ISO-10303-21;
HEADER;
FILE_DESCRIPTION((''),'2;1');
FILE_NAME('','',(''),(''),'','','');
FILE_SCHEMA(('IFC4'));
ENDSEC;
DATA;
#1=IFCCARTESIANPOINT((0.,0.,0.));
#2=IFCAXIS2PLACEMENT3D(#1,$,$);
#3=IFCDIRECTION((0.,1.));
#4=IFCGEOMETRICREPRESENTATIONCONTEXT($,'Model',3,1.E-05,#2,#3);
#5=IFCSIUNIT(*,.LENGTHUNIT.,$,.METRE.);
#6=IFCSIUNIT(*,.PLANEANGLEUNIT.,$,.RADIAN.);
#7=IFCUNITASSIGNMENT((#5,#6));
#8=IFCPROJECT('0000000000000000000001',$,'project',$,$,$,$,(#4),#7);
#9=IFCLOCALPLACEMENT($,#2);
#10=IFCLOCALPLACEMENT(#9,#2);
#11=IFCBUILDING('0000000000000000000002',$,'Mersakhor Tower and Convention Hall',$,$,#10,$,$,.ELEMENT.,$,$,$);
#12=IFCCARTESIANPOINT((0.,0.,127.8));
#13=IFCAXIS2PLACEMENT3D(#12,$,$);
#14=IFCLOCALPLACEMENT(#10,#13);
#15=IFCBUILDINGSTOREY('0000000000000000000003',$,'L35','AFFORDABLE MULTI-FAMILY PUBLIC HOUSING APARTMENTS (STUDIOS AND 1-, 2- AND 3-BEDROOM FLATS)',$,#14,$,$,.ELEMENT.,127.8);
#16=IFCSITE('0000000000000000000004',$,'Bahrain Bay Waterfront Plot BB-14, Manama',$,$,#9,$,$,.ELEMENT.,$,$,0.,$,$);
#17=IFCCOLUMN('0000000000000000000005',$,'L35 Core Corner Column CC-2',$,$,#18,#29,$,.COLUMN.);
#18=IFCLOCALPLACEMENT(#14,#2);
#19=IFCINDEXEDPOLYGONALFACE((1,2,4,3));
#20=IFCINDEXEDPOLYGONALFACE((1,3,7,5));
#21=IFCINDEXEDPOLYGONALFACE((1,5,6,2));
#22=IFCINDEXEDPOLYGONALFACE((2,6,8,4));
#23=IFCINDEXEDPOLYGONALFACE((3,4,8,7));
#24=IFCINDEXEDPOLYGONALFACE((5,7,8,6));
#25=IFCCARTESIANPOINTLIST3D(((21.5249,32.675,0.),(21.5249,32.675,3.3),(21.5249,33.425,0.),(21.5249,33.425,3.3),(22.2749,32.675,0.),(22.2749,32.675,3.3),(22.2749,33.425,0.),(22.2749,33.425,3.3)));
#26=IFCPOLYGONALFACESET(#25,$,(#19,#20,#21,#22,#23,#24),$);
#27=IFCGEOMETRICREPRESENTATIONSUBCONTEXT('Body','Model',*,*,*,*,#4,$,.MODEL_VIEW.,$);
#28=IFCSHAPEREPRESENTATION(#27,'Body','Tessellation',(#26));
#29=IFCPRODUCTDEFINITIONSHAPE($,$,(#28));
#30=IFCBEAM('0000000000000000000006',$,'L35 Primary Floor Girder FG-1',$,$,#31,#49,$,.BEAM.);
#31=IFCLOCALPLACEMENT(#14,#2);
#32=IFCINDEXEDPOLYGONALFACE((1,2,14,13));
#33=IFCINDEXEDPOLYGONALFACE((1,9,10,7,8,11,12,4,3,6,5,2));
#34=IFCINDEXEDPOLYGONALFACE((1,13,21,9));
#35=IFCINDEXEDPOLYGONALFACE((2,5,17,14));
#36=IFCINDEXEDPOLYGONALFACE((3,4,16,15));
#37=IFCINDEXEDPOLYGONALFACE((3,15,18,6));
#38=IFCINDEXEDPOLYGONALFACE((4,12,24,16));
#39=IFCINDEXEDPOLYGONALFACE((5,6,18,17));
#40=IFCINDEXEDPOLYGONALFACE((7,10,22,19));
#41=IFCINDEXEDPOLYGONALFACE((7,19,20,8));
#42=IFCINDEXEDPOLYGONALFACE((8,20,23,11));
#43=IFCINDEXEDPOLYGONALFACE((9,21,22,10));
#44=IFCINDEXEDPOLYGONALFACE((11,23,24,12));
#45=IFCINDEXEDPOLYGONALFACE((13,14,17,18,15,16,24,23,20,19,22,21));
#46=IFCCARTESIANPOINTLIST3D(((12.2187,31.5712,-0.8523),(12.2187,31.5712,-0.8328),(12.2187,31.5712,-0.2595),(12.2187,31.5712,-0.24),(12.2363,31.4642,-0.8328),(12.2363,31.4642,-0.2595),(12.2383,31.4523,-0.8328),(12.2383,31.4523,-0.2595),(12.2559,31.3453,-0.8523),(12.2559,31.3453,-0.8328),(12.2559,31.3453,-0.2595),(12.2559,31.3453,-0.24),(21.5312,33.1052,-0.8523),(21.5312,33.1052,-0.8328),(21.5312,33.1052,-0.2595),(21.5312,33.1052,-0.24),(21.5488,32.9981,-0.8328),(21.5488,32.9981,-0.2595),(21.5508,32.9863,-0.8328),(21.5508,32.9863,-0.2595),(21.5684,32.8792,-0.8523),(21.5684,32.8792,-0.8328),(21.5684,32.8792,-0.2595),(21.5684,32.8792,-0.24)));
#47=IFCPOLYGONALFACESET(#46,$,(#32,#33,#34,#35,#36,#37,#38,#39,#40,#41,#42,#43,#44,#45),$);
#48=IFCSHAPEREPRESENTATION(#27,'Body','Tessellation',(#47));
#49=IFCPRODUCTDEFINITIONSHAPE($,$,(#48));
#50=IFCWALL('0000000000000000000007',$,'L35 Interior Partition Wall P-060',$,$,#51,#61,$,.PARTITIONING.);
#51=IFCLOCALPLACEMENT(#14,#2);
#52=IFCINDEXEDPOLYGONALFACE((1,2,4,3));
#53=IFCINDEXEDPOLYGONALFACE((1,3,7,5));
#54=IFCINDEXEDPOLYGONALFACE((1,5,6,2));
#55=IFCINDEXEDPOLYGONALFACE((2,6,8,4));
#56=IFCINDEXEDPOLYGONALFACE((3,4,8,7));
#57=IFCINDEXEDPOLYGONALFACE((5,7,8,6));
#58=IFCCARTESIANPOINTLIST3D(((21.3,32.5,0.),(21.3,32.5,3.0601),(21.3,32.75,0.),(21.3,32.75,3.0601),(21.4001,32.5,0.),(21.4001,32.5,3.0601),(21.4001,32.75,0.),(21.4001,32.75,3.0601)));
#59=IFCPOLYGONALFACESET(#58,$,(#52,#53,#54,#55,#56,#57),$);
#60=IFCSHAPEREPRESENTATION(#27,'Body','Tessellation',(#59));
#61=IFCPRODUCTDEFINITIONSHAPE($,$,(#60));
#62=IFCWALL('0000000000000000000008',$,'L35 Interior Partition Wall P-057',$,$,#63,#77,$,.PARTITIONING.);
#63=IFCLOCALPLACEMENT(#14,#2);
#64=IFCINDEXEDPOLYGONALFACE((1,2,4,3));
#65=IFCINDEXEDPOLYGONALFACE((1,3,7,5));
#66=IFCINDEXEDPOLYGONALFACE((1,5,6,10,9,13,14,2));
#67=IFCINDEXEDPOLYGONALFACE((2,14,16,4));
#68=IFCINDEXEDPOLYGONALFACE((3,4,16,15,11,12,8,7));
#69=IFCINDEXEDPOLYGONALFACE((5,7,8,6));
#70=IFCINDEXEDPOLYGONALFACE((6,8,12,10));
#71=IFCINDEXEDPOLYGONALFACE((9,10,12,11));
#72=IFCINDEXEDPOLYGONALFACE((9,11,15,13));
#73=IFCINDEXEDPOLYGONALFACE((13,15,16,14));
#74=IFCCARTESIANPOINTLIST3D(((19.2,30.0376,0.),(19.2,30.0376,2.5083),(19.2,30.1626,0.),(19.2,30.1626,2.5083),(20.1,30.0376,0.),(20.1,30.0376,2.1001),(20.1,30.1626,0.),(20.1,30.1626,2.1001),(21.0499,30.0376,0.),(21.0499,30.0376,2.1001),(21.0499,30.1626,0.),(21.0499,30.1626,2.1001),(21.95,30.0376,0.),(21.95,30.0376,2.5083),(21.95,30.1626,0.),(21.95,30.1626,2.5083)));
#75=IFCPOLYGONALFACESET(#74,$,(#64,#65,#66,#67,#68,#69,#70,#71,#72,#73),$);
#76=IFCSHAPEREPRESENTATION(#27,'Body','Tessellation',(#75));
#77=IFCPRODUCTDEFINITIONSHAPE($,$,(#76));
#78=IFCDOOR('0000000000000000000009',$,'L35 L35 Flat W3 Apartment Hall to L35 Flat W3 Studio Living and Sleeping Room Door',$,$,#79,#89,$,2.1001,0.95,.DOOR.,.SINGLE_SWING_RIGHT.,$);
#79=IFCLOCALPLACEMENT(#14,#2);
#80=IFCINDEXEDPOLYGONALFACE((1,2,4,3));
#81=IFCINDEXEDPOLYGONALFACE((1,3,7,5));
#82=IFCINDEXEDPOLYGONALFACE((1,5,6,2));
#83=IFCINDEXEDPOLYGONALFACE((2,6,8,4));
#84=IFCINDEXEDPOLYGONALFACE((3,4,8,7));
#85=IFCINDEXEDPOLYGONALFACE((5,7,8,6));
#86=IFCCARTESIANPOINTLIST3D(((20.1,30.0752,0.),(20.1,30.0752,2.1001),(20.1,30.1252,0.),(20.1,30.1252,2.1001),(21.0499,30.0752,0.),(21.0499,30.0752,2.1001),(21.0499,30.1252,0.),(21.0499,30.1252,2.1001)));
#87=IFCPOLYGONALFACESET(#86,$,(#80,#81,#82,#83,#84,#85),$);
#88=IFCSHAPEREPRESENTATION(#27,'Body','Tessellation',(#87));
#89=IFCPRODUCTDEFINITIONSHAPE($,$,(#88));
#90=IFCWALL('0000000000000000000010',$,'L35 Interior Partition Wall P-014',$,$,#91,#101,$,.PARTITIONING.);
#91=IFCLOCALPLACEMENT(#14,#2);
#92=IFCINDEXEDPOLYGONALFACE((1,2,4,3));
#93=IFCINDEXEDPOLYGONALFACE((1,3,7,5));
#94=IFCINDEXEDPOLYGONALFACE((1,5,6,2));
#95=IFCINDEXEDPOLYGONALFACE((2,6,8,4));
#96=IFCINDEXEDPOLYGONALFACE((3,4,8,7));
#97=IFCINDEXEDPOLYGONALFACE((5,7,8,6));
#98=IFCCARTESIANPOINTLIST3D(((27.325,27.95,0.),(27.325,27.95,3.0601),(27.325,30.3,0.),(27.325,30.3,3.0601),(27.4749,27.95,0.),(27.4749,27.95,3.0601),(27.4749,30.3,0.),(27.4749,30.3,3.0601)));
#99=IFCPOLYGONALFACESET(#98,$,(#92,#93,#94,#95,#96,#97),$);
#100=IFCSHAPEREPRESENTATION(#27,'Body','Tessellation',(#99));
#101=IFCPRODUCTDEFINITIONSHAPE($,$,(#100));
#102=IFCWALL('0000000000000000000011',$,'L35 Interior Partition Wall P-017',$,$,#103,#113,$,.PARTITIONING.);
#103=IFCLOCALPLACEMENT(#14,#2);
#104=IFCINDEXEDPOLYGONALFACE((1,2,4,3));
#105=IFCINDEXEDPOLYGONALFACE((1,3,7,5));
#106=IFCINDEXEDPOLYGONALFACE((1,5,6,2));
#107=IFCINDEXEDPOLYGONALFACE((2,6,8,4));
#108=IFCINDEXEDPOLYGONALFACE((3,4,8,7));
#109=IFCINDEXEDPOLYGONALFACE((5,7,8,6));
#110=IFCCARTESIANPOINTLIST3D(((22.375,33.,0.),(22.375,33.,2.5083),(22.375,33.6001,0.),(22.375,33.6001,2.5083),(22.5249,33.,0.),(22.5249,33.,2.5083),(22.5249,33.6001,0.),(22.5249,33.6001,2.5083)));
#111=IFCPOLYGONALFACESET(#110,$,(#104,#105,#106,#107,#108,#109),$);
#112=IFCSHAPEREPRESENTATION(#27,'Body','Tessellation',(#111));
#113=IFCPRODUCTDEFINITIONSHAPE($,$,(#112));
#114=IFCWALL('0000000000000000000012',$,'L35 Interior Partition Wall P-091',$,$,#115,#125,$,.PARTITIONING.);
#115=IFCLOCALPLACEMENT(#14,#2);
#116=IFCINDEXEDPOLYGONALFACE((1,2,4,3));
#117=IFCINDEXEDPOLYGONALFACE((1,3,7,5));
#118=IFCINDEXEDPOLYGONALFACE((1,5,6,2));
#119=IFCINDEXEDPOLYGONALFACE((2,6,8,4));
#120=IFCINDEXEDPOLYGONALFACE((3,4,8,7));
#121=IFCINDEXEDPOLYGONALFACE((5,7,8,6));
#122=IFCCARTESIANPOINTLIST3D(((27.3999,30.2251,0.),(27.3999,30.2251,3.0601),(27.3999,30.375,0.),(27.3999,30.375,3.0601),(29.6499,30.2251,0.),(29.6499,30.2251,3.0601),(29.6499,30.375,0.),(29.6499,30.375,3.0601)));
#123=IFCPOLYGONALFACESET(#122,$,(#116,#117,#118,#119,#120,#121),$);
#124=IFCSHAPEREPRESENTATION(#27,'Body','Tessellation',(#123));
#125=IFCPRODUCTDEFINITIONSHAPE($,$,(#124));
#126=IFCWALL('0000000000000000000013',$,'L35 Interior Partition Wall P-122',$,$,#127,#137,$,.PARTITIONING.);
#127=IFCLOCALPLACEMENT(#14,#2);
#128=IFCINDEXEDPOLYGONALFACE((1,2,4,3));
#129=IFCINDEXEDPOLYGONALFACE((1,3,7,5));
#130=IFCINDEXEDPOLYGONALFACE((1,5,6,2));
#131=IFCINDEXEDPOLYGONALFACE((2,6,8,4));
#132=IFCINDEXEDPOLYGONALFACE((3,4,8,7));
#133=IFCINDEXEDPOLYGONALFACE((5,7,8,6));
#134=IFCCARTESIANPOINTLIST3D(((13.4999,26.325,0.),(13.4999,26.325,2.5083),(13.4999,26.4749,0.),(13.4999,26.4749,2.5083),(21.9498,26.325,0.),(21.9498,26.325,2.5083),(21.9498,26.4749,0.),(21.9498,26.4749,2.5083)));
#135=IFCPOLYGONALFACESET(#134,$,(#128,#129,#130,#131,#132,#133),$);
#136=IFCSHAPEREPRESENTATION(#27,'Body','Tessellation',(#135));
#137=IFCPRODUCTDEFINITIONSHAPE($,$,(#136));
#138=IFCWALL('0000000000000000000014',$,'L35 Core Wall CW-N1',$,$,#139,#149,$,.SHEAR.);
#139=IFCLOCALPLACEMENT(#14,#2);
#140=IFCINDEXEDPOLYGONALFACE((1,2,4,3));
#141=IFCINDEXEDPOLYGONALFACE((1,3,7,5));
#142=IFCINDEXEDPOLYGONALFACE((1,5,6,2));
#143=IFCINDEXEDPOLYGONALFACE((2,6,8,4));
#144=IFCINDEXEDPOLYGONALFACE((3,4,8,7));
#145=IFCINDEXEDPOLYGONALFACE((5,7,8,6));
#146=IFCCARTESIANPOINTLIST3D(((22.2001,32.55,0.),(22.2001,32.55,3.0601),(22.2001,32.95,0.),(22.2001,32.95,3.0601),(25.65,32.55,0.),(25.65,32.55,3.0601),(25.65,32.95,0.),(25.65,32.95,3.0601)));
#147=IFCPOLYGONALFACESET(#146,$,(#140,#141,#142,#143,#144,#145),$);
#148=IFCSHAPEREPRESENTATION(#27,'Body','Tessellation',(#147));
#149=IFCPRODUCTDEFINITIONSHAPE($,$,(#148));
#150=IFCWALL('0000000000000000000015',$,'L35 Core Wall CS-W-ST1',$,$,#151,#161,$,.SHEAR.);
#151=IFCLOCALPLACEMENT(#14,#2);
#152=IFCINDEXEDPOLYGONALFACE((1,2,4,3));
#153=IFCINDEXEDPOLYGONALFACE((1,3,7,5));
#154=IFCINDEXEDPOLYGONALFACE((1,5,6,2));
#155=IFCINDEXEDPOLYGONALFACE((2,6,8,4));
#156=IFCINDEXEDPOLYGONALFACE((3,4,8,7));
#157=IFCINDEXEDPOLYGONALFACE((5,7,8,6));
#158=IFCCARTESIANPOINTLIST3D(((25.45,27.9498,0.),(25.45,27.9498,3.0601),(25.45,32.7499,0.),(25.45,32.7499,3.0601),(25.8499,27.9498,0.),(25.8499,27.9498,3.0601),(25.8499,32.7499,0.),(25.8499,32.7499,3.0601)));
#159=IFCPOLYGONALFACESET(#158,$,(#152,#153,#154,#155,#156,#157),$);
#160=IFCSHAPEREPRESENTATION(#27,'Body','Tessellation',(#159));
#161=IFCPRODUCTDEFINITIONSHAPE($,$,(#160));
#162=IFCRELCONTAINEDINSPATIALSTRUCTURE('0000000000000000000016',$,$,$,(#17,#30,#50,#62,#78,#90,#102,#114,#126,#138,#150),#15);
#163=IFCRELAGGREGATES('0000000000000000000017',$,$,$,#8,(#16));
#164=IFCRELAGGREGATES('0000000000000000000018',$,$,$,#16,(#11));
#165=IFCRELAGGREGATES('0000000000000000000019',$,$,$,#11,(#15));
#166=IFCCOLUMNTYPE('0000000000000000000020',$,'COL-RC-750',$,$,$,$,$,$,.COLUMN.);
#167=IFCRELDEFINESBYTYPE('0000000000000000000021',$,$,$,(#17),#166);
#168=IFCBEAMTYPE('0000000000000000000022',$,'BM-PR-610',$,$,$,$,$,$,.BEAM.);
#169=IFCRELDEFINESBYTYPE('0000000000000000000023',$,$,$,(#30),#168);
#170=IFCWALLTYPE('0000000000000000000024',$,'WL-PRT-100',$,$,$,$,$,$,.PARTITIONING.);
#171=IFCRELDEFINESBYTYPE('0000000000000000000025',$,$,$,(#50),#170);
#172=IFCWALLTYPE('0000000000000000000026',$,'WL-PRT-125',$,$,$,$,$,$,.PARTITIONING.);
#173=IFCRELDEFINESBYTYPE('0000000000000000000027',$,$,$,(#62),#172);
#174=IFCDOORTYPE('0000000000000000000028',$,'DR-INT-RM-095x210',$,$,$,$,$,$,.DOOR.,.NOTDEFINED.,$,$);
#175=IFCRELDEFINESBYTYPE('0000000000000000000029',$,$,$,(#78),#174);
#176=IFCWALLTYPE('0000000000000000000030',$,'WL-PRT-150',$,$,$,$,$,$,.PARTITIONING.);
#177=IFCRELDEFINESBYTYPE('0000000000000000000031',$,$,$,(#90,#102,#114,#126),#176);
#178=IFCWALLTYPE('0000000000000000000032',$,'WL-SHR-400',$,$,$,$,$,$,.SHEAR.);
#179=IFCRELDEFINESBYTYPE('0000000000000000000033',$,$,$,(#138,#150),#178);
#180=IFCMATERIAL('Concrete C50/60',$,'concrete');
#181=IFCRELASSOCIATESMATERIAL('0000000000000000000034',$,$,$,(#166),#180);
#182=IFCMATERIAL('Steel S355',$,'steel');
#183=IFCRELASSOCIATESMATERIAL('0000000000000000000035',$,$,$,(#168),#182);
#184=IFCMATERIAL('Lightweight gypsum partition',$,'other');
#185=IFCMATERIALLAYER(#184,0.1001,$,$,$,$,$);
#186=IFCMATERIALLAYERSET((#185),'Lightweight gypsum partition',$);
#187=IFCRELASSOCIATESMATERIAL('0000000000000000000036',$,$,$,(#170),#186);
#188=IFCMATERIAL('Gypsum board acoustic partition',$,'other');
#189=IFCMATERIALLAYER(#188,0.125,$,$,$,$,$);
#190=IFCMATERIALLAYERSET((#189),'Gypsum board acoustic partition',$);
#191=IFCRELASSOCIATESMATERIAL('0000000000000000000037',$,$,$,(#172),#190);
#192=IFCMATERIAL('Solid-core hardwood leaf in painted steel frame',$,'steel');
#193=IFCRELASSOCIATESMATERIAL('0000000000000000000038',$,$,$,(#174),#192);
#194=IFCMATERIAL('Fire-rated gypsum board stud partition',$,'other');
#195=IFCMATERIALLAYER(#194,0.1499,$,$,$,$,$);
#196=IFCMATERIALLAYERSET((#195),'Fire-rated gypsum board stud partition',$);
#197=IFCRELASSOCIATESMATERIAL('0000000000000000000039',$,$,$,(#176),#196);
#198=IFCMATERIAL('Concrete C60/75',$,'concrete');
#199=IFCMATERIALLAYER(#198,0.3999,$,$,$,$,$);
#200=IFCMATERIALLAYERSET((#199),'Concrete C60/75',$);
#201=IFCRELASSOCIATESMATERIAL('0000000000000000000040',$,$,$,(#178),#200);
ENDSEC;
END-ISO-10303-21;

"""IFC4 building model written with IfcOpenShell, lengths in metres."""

from ifc_helpers import new_model, si_unit, direction, frame, frame_2d, origin, origin_2d, place, context, subcontext, project, spatial, rectangle, i_section, extrude, material, layer, layer_set, material_profile, profile_set, type_object, element, fill, save


model = new_model("IFC4")

# Units and contexts
model_context = context("Model", 3, precision=1e-05, world=origin(), true_north=direction((0.0, 1.0)))
body_context = subcontext(model_context, "Body", "Model", "MODEL_VIEW")
ifc_project = project(units=[si_unit("LENGTHUNIT", "METRE"), si_unit("PLANEANGLEUNIT", "RADIAN")], contexts=[model_context])

# Site, building, storey
site_placement = place(None, origin())
site = spatial("IfcSite", under=ifc_project, at=site_placement, Name="Bahrain Bay Waterfront Plot BB-14, Manama", CompositionType="ELEMENT", RefElevation=0.0)
building_placement = place(site_placement, origin())
building = spatial("IfcBuilding", under=site, at=building_placement, Name="Mersakhor Tower and Convention Hall", CompositionType="ELEMENT")
storey_placement = place(building_placement, frame((0.0, 0.0, 127.8)))
storey = spatial("IfcBuildingStorey", under=building, at=storey_placement, Name="L35", Description="AFFORDABLE MULTI-FAMILY PUBLIC HOUSING APARTMENTS (STUDIOS AND 1-, 2- AND 3-BEDROOM FLATS)", CompositionType="ELEMENT", Elevation=127.8)

# Column
ifc_material_1 = material(Name="Concrete C50/60", Category="concrete")
ifc_material_profile_1 = material_profile(ifc_material_1, rectangle(XDim=0.75, YDim=0.75, at=origin_2d()), Name="RC 750x750")
ifc_profile_set_1 = profile_set([ifc_material_profile_1], Name="Concrete C50/60")
column_type = type_object("IfcColumnType", Name="COL-RC-750", PredefinedType="COLUMN", material=ifc_profile_set_1)
column_placement = place(storey_placement, frame((21.8999, 33.05, 0.0), z_axis=(0.0, 0.0, 1.0), x_axis=(1.0, 0.0, 0.0)))
element("IfcColumn", 1, at=column_placement, inside=storey, type_object=column_type, Name="L35 Core Corner Column CC-2", PredefinedType="COLUMN", context=body_context, shape_type="SweptSolid", body=[
    extrude(rectangle(XDim=0.75, YDim=0.75, at=origin_2d()), origin(), (0.0, 0.0, 1.0), 3.3),
])

# Beam
ifc_material_2 = material(Name="Steel S355", Category="steel")
ifc_material_profile_2 = material_profile(ifc_material_2, i_section(OverallWidth=0.229, OverallDepth=0.6123, WebThickness=0.012, FlangeThickness=0.0195, at=origin_2d()), Name="UB 610x229x125")
ifc_profile_set_2 = profile_set([ifc_material_profile_2], Name="Steel S355")
beam_type = type_object("IfcBeamType", Name="BM-PR-610", PredefinedType="BEAM", material=ifc_profile_set_2)
beam_placement = place(storey_placement, frame((21.5498, 32.9922, -0.5461), z_axis=(-0.986704, -0.162528, 0.0), x_axis=(0.162528, -0.986704, 0.0)))
element("IfcBeam", 2, at=beam_placement, inside=storey, type_object=beam_type, Name="L35 Primary Floor Girder FG-1", PredefinedType="BEAM", context=body_context, shape_type="SweptSolid", body=[
    extrude(i_section(OverallWidth=0.229, OverallDepth=0.6123, WebThickness=0.012, FlangeThickness=0.0195, at=origin_2d()), origin(), (0.0, 0.0, 1.0), 9.438),
])

# Wall
ifc_material_3 = material(Name="Lightweight gypsum partition", Category="other")
ifc_layer_1 = layer(ifc_material_3, 0.1001)
ifc_layer_set_1 = layer_set([ifc_layer_1], Name="Lightweight gypsum partition")
wall_type_1 = type_object("IfcWallType", Name="WL-PRT-100", PredefinedType="PARTITIONING", material=ifc_layer_set_1)
wall_1_placement = place(storey_placement, frame((21.3501, 32.75, 0.0), z_axis=(0.0, 0.0, 1.0), x_axis=(0.0, -1.0, 0.0)))
element("IfcWall", 3, at=wall_1_placement, inside=storey, type_object=wall_type_1, Name="L35 Interior Partition Wall P-060", PredefinedType="PARTITIONING", context=body_context, shape_type="SweptSolid", body=[
    extrude(rectangle(XDim=0.25, YDim=0.1001, at=frame_2d((0.125, 0.0))), origin(), (0.0, 0.0, 1.0), 3.0601),
])

# Wall, opening, door
ifc_material_4 = material(Name="Gypsum board acoustic partition", Category="other")
ifc_layer_2 = layer(ifc_material_4, 0.125)
ifc_layer_set_2 = layer_set([ifc_layer_2], Name="Gypsum board acoustic partition")
wall_type_2 = type_object("IfcWallType", Name="WL-PRT-125", PredefinedType="PARTITIONING", material=ifc_layer_set_2)
wall_2_placement = place(storey_placement, frame((21.95, 30.1001, 0.0), z_axis=(0.0, 0.0, 1.0), x_axis=(-1.0, 0.0, 0.0)))
wall_2 = element("IfcWall", 4, at=wall_2_placement, inside=storey, type_object=wall_type_2, Name="L35 Interior Partition Wall P-057", PredefinedType="PARTITIONING", context=body_context, shape_type="SweptSolid", body=[
    extrude(rectangle(XDim=2.75, YDim=0.125, at=frame_2d((1.375, 0.0))), origin(), (0.0, 0.0, 1.0), 2.5083),
])
opening_1_placement = place(wall_2_placement, frame((0.8999, 0.0, 0.0)))
opening_1 = element("IfcOpeningElement", 5, at=opening_1_placement, cuts=wall_2, PredefinedType="OPENING", context=body_context, shape_type="SweptSolid", body=[
    extrude(rectangle(XDim=0.95, YDim=2.1001, at=frame_2d((0.4751, 1.05))), frame((0.0, 0.0725, 0.0), z_axis=(0.0, -1.0, 0.0), x_axis=(1.0, 0.0, 0.0)), (0.0, 0.0, 1.0), 0.145),
])
ifc_material_5 = material(Name="Solid-core hardwood leaf in painted steel frame", Category="steel")
door_type_1 = type_object("IfcDoorType", Name="DR-INT-RM-095x210", OperationType="NOTDEFINED", PredefinedType="DOOR", material=ifc_material_5)
door_1_placement = place(opening_1_placement, origin())
door_1 = element("IfcDoor", 6, at=door_1_placement, inside=storey, type_object=door_type_1, Name="L35 L35 Flat W3 Apartment Hall to L35 Flat W3 Studio Living and Sleeping Room Door", OperationType="SINGLE_SWING_RIGHT", OverallHeight=2.1001, OverallWidth=0.95, PredefinedType="DOOR", context=body_context, shape_type="SweptSolid", body=[
    extrude(rectangle(XDim=0.95, YDim=2.1001, at=frame_2d((0.4751, 1.05))), frame((0.0, 0.0249, 0.0), z_axis=(0.0, -1.0, 0.0), x_axis=(1.0, 0.0, 0.0)), (0.0, 0.0, 1.0), 0.05),
])
fill(opening_1, door_1)

# Wall
ifc_material_6 = material(Name="Fire-rated gypsum board stud partition", Category="other")
ifc_layer_3 = layer(ifc_material_6, 0.1499)
ifc_layer_set_3 = layer_set([ifc_layer_3], Name="Fire-rated gypsum board stud partition")
wall_type_3 = type_object("IfcWallType", Name="WL-PRT-150", PredefinedType="PARTITIONING", material=ifc_layer_set_3)
wall_3_placement = place(storey_placement, frame((27.3999, 30.3, 0.0), z_axis=(0.0, 0.0, 1.0), x_axis=(0.0, -1.0, 0.0)))
element("IfcWall", 7, at=wall_3_placement, inside=storey, type_object=wall_type_3, Name="L35 Interior Partition Wall P-014", PredefinedType="PARTITIONING", context=body_context, shape_type="SweptSolid", body=[
    extrude(rectangle(XDim=2.3501, YDim=0.1499, at=frame_2d((1.175, 0.0))), origin(), (0.0, 0.0, 1.0), 3.0601),
])

# Walls
wall_4_placement = place(storey_placement, frame((22.45, 33.0, 0.0), z_axis=(0.0, 0.0, 1.0), x_axis=(0.0, 1.0, 0.0)))
element("IfcWall", 8, at=wall_4_placement, inside=storey, type_object=wall_type_3, Name="L35 Interior Partition Wall P-017", PredefinedType="PARTITIONING", context=body_context, shape_type="SweptSolid", body=[
    extrude(rectangle(XDim=0.6001, YDim=0.1499, at=frame_2d((0.3, 0.0))), origin(), (0.0, 0.0, 1.0), 2.5083),
])
wall_5_placement = place(storey_placement, frame((27.3999, 30.3, 0.0), z_axis=(0.0, 0.0, 1.0), x_axis=(1.0, 0.0, 0.0)))
element("IfcWall", 9, at=wall_5_placement, inside=storey, type_object=wall_type_3, Name="L35 Interior Partition Wall P-091", PredefinedType="PARTITIONING", context=body_context, shape_type="SweptSolid", body=[
    extrude(rectangle(XDim=2.25, YDim=0.1499, at=frame_2d((1.125, 0.0))), origin(), (0.0, 0.0, 1.0), 3.0601),
])
wall_6_placement = place(storey_placement, frame((21.95, 26.3999, 0.0), z_axis=(0.0, 0.0, 1.0), x_axis=(-1.0, 0.0, 0.0)))
element("IfcWall", 10, at=wall_6_placement, inside=storey, type_object=wall_type_3, Name="L35 Interior Partition Wall P-122", PredefinedType="PARTITIONING", context=body_context, shape_type="SweptSolid", body=[
    extrude(rectangle(XDim=8.45, YDim=0.1499, at=frame_2d((4.2251, 0.0))), origin(), (0.0, 0.0, 1.0), 2.5083),
])
ifc_material_7 = material(Name="Concrete C60/75", Category="concrete")
ifc_layer_4 = layer(ifc_material_7, 0.3999)
ifc_layer_set_4 = layer_set([ifc_layer_4], Name="Concrete C60/75")
wall_type_4 = type_object("IfcWallType", Name="WL-SHR-400", PredefinedType="SHEAR", material=ifc_layer_set_4)
wall_7_placement = place(storey_placement, frame((22.2, 32.75, 0.0), z_axis=(0.0, 0.0, 1.0), x_axis=(1.0, 0.0, 0.0)))
element("IfcWall", 11, at=wall_7_placement, inside=storey, type_object=wall_type_4, Name="L35 Core Wall CW-N1", PredefinedType="SHEAR", context=body_context, shape_type="SweptSolid", body=[
    extrude(rectangle(XDim=3.45, YDim=0.3999, at=frame_2d((1.7251, 0.0))), origin(), (0.0, 0.0, 1.0), 3.0601),
])

# Wall
wall_8_placement = place(storey_placement, frame((25.6499, 27.95, 0.0), z_axis=(0.0, 0.0, 1.0), x_axis=(0.0, 1.0, 0.0)))
element("IfcWall", 12, at=wall_8_placement, inside=storey, type_object=wall_type_4, Name="L35 Core Wall CS-W-ST1", PredefinedType="SHEAR", context=body_context, shape_type="SweptSolid", body=[
    extrude(rectangle(XDim=4.8, YDim=0.3999, at=frame_2d((2.3999, 0.0))), origin(), (0.0, 0.0, 1.0), 3.0601),
])

save(model, "model.ifc")
